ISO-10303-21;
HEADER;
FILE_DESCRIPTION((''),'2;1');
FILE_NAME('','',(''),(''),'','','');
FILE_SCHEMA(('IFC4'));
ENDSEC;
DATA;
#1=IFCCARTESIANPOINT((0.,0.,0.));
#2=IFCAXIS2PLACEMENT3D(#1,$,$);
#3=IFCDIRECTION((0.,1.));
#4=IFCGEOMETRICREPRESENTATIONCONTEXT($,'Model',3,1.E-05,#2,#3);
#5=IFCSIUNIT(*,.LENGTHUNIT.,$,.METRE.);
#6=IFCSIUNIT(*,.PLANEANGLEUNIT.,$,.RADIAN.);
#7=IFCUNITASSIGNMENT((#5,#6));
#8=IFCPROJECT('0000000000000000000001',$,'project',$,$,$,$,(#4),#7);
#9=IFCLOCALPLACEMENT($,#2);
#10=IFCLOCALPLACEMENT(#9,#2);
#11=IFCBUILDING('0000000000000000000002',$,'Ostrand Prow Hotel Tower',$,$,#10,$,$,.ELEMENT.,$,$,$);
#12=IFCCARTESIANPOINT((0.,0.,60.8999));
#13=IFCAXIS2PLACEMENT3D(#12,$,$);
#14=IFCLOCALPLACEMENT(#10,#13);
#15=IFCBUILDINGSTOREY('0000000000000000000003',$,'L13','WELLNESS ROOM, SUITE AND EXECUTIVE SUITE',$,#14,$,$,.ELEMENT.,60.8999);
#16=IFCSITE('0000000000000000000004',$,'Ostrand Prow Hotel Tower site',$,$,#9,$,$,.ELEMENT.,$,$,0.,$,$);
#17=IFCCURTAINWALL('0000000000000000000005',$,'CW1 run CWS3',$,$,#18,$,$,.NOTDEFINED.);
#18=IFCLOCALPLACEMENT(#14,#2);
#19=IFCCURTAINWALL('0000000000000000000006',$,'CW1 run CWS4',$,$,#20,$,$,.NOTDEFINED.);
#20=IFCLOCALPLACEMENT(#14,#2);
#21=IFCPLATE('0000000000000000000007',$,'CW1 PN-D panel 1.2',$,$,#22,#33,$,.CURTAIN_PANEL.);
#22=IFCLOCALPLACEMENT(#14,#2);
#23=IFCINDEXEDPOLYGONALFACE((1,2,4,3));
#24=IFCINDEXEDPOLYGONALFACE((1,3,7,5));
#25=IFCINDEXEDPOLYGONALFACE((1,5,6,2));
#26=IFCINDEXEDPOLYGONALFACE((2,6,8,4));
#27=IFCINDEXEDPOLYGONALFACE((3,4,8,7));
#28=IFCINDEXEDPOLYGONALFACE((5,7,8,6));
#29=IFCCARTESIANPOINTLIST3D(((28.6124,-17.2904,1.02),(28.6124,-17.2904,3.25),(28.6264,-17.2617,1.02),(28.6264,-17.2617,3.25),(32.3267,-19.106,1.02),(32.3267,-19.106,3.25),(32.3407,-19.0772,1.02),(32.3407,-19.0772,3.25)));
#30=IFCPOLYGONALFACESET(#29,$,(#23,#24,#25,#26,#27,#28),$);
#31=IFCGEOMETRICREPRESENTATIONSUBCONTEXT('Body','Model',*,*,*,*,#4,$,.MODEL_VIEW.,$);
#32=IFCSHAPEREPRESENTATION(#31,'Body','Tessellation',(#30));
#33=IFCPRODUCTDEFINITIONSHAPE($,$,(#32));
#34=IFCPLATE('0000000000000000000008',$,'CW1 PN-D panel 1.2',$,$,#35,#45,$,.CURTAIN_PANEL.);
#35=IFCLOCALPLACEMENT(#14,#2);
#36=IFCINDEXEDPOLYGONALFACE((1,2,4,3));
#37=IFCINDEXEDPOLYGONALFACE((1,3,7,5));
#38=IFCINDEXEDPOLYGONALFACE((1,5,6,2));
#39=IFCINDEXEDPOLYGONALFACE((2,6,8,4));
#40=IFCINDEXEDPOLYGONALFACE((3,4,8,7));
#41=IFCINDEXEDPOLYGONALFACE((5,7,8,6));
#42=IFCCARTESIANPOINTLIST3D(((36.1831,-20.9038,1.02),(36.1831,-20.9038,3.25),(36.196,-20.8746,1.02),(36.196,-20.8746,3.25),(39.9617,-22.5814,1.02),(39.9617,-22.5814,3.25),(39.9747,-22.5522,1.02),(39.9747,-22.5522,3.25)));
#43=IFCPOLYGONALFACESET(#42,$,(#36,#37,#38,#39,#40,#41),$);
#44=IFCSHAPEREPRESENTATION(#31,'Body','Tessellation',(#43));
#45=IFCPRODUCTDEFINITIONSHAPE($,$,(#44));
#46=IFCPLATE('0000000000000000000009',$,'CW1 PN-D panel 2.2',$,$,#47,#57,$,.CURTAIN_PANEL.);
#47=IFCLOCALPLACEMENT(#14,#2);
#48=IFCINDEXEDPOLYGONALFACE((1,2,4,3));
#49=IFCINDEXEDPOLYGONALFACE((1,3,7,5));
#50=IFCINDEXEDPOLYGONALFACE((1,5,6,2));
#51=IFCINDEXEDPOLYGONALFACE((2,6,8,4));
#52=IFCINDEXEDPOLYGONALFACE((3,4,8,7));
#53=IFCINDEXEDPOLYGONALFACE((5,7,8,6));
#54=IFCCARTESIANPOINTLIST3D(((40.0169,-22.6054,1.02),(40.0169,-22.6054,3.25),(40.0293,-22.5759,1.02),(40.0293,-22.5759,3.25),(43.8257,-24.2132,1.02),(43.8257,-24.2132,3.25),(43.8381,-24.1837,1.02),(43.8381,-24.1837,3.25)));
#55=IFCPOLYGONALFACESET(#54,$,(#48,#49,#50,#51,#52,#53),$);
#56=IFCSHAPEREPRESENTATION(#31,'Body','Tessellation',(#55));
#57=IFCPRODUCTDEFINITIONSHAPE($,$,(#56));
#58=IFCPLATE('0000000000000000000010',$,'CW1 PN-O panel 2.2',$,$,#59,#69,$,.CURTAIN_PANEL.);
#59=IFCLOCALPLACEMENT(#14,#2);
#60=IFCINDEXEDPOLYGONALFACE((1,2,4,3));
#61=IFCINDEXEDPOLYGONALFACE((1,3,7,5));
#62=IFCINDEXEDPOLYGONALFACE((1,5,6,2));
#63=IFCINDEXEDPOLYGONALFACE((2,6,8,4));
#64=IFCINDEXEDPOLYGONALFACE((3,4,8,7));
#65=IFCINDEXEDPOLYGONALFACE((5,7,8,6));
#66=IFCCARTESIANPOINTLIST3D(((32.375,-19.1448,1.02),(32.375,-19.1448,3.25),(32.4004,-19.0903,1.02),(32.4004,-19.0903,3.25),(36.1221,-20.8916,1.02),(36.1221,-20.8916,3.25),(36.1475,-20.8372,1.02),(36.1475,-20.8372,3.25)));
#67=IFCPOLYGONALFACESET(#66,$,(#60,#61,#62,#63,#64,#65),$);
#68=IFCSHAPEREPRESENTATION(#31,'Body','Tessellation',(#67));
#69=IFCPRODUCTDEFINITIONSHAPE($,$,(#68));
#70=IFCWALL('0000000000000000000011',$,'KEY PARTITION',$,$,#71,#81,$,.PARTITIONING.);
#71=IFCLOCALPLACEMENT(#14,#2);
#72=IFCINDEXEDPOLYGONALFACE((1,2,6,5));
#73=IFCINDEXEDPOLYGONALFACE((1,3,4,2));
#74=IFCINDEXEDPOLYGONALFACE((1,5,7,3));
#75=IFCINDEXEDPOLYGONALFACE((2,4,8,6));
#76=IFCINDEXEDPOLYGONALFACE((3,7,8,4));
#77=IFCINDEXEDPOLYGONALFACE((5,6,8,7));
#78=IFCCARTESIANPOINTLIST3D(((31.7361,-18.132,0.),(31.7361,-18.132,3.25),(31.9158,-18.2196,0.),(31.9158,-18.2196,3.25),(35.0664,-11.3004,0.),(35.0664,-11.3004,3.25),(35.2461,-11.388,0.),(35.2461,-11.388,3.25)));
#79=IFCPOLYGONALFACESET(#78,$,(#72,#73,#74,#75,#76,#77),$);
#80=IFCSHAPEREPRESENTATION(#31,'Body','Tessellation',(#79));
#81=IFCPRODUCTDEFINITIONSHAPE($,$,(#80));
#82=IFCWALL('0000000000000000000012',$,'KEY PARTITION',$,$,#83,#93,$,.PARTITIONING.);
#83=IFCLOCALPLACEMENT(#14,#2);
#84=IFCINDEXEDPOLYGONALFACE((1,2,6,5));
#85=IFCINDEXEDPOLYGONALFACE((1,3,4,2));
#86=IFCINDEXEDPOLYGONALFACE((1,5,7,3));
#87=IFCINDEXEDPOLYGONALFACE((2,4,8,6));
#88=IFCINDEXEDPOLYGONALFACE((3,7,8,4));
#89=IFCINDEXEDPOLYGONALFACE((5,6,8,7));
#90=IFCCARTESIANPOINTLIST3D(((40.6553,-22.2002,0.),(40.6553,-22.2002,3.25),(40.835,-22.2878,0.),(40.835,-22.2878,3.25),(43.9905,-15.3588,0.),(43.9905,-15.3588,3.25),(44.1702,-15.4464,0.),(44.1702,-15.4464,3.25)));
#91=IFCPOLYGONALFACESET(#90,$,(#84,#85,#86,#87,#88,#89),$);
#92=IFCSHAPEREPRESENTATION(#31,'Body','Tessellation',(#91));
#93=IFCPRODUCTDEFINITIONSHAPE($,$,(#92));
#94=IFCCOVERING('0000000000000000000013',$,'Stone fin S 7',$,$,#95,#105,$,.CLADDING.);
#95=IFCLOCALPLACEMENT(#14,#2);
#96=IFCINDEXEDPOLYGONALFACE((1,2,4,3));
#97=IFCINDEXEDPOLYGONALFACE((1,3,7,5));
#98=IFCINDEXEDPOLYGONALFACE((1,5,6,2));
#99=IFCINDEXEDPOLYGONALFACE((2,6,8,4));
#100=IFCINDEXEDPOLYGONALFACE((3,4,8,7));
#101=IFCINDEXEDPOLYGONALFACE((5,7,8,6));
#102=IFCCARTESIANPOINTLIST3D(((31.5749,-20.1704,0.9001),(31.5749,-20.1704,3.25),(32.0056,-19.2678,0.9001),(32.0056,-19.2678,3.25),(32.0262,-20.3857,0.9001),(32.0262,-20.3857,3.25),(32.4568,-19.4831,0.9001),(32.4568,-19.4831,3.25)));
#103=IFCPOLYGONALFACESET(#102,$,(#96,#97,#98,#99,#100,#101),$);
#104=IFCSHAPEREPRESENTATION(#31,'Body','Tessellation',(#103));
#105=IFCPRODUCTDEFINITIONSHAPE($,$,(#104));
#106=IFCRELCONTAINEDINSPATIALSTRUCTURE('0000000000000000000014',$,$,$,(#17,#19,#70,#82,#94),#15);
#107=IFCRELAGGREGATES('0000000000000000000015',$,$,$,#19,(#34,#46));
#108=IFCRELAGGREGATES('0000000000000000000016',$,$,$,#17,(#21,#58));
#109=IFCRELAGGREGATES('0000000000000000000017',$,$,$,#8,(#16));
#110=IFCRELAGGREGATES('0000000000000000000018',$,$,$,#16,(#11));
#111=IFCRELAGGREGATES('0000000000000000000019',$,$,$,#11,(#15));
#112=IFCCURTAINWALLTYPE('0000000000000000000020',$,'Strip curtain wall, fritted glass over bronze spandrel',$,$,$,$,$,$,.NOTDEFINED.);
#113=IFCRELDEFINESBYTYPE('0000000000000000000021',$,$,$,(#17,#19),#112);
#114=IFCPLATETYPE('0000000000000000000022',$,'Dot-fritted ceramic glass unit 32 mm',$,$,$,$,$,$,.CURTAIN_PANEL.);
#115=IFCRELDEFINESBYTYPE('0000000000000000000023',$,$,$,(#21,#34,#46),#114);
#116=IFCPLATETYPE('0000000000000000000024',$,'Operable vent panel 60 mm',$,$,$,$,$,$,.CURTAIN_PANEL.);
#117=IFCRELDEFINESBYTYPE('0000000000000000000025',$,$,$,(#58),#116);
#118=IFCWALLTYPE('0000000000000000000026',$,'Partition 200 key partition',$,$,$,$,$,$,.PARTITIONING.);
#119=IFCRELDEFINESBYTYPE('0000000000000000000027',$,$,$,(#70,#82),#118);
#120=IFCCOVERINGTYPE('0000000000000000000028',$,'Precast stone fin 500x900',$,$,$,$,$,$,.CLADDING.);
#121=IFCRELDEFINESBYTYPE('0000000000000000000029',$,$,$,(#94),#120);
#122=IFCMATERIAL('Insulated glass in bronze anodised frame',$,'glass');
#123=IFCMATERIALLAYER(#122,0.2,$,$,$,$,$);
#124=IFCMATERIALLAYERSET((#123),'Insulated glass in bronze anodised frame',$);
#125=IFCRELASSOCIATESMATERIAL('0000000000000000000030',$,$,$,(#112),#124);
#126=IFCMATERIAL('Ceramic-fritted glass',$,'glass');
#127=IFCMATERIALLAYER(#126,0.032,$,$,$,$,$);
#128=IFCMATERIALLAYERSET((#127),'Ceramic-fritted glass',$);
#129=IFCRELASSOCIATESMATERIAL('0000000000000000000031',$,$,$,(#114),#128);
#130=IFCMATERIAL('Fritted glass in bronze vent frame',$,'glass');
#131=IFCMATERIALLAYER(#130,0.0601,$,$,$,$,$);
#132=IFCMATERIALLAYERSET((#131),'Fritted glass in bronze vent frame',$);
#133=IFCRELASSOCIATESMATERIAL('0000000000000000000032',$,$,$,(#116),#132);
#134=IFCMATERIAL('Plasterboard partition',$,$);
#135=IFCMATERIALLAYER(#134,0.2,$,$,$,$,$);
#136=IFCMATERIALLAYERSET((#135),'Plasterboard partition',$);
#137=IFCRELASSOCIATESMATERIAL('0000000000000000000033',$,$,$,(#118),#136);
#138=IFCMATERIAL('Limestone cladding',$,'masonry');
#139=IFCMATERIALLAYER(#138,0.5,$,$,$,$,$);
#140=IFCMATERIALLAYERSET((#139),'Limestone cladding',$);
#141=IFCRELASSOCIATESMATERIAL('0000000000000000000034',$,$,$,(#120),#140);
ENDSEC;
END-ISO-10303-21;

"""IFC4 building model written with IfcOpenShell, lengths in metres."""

from ifc_helpers import new_model, si_unit, direction, frame, frame_2d, origin, origin_2d, place, context, subcontext, project, spatial, rectangle, extrude, material, layer, layer_set, type_object, element, aggregate, save


model = new_model("IFC4")

# Units and contexts
model_context = context("Model", 3, precision=1e-05, world=origin(), true_north=direction((0.0, 1.0)))
body_context = subcontext(model_context, "Body", "Model", "MODEL_VIEW")
ifc_project = project(units=[si_unit("LENGTHUNIT", "METRE"), si_unit("PLANEANGLEUNIT", "RADIAN")], contexts=[model_context])

# Site, building, storey
site_placement = place(None, origin())
site = spatial("IfcSite", under=ifc_project, at=site_placement, Name="Ostrand Prow Hotel Tower site", CompositionType="ELEMENT", RefElevation=0.0)
building_placement = place(site_placement, origin())
building = spatial("IfcBuilding", under=site, at=building_placement, Name="Ostrand Prow Hotel Tower", CompositionType="ELEMENT")
storey_placement = place(building_placement, frame((0.0, 0.0, 60.8999)))
storey = spatial("IfcBuildingStorey", under=building, at=storey_placement, Name="L13", Description="WELLNESS ROOM, SUITE AND EXECUTIVE SUITE", CompositionType="ELEMENT", Elevation=60.8999)

# Curtain wall
ifc_material_1 = material(Name="Insulated glass in bronze anodised frame", Category="glass")
ifc_layer_1 = layer(ifc_material_1, 0.2)
ifc_layer_set_1 = layer_set([ifc_layer_1], Name="Insulated glass in bronze anodised frame")
curtain_wall_type = type_object("IfcCurtainWallType", Name="Strip curtain wall, fritted glass over bronze spandrel", PredefinedType="NOTDEFINED", material=ifc_layer_set_1)
curtain_wall_1_placement = place(storey_placement, origin())
curtain_wall_1 = element("IfcCurtainWall", 1, at=curtain_wall_1_placement, inside=storey, type_object=curtain_wall_type, Name="CW1 run CWS3", PredefinedType="NOTDEFINED")

# Curtain wall
curtain_wall_2_placement = place(storey_placement, origin())
curtain_wall_2 = element("IfcCurtainWall", 2, at=curtain_wall_2_placement, inside=storey, type_object=curtain_wall_type, Name="CW1 run CWS4", PredefinedType="NOTDEFINED")

# Plates
ifc_material_2 = material(Name="Ceramic-fritted glass", Category="glass")
ifc_layer_2 = layer(ifc_material_2, 0.032)
ifc_layer_set_2 = layer_set([ifc_layer_2], Name="Ceramic-fritted glass")
plate_type_1 = type_object("IfcPlateType", Name="Dot-fritted ceramic glass unit 32 mm", PredefinedType="CURTAIN_PANEL", material=ifc_layer_set_2)
plate_1_placement = place(storey_placement, frame((30.4766, -18.1838, 1.02), z_axis=(0.0, 0.0, 1.0), x_axis=(0.89842, -0.439138, 0.0)))
plate_1 = element("IfcPlate", 3, at=plate_1_placement, type_object=plate_type_1, Name="CW1 PN-D panel 1.2", PredefinedType="CURTAIN_PANEL", context=body_context, shape_type="SweptSolid", body=[
    extrude(rectangle(XDim=4.1343, YDim=0.032, at=origin_2d()), origin(), (0.0, 0.0, 1.0), 2.23),
])
plate_2_placement = place(storey_placement, frame((38.0789, -21.728, 1.02), z_axis=(0.0, 0.0, 1.0), x_axis=(0.913971, -0.40578, 0.0)))
plate_2 = element("IfcPlate", 4, at=plate_2_placement, type_object=plate_type_1, Name="CW1 PN-D panel 1.2", PredefinedType="CURTAIN_PANEL", context=body_context, shape_type="SweptSolid", body=[
    extrude(rectangle(XDim=4.1343, YDim=0.032, at=origin_2d()), origin(), (0.0, 0.0, 1.0), 2.23),
])
plate_3_placement = place(storey_placement, frame((41.9275, -23.3945, 1.02), z_axis=(0.0, 0.0, 1.0), x_axis=(0.921283, -0.388892, 0.0)))
plate_3 = element("IfcPlate", 5, at=plate_3_placement, type_object=plate_type_1, Name="CW1 PN-D panel 2.2", PredefinedType="CURTAIN_PANEL", context=body_context, shape_type="SweptSolid", body=[
    extrude(rectangle(XDim=4.1343, YDim=0.032, at=origin_2d()), origin(), (0.0, 0.0, 1.0), 2.23),
])
aggregate(curtain_wall_2, [plate_2, plate_3])
ifc_material_3 = material(Name="Fritted glass in bronze vent frame", Category="glass")
ifc_layer_3 = layer(ifc_material_3, 0.0601)
ifc_layer_set_3 = layer_set([ifc_layer_3], Name="Fritted glass in bronze vent frame")
plate_type_2 = type_object("IfcPlateType", Name="Operable vent panel 60 mm", PredefinedType="CURTAIN_PANEL", material=ifc_layer_set_3)
plate_4_placement = place(storey_placement, frame((34.2612, -19.991, 1.02), z_axis=(0.0, 0.0, 1.0), x_axis=(0.906349, -0.42253, 0.0)))
plate_4 = element("IfcPlate", 6, at=plate_4_placement, type_object=plate_type_2, Name="CW1 PN-O panel 2.2", PredefinedType="CURTAIN_PANEL", context=body_context, shape_type="SweptSolid", body=[
    extrude(rectangle(XDim=4.1343, YDim=0.0601, at=origin_2d()), origin(), (0.0, 0.0, 1.0), 2.23),
])
aggregate(curtain_wall_1, [plate_1, plate_4])

# Walls
ifc_material_4 = material(Name="Plasterboard partition")
ifc_layer_4 = layer(ifc_material_4, 0.2)
ifc_layer_set_4 = layer_set([ifc_layer_4], Name="Plasterboard partition")
wall_type = type_object("IfcWallType", Name="Partition 200 key partition", PredefinedType="PARTITIONING", material=ifc_layer_set_4)
wall_1_placement = place(storey_placement, frame((31.8259, -18.1758, 0.0), z_axis=(0.0, 0.0, 1.0), x_axis=(0.438196, 0.898879, 0.0)))
element("IfcWall", 7, at=wall_1_placement, inside=storey, type_object=wall_type, Name="KEY PARTITION", PredefinedType="PARTITIONING", context=body_context, shape_type="SweptSolid", body=[
    extrude(rectangle(XDim=7.6001, YDim=0.2, at=frame_2d((3.8, 0.0))), origin(), (0.0, 0.0, 1.0), 3.25),
])
wall_2_placement = place(storey_placement, frame((40.7451, -22.2441, 0.0), z_axis=(0.0, 0.0, 1.0), x_axis=(0.438197, 0.898879, 0.0)))
element("IfcWall", 8, at=wall_2_placement, inside=storey, type_object=wall_type, Name="KEY PARTITION", PredefinedType="PARTITIONING", context=body_context, shape_type="SweptSolid", body=[
    extrude(rectangle(XDim=7.6111, YDim=0.2, at=frame_2d((3.8057, 0.0))), origin(), (0.0, 0.0, 1.0), 3.25),
])

# Covering
ifc_material_5 = material(Name="Limestone cladding", Category="masonry")
ifc_layer_5 = layer(ifc_material_5, 0.5)
ifc_layer_set_5 = layer_set([ifc_layer_5], Name="Limestone cladding")
covering_type = type_object("IfcCoveringType", Name="Precast stone fin 500x900", PredefinedType="CLADDING", material=ifc_layer_set_5)
covering_placement = place(storey_placement, frame((32.2312, -19.3755, 0.9001), z_axis=(0.0, 0.0, 1.0), x_axis=(-0.430635, -0.902526, 0.0)))
element("IfcCovering", 9, at=covering_placement, inside=storey, type_object=covering_type, Name="Stone fin S 7", PredefinedType="CLADDING", context=body_context, shape_type="SweptSolid", body=[
    extrude(rectangle(XDim=1.0, YDim=0.5, at=frame_2d((0.5, 0.0))), origin(), (0.0, 0.0, 1.0), 2.3499),
])

save(model, "model.ifc")
